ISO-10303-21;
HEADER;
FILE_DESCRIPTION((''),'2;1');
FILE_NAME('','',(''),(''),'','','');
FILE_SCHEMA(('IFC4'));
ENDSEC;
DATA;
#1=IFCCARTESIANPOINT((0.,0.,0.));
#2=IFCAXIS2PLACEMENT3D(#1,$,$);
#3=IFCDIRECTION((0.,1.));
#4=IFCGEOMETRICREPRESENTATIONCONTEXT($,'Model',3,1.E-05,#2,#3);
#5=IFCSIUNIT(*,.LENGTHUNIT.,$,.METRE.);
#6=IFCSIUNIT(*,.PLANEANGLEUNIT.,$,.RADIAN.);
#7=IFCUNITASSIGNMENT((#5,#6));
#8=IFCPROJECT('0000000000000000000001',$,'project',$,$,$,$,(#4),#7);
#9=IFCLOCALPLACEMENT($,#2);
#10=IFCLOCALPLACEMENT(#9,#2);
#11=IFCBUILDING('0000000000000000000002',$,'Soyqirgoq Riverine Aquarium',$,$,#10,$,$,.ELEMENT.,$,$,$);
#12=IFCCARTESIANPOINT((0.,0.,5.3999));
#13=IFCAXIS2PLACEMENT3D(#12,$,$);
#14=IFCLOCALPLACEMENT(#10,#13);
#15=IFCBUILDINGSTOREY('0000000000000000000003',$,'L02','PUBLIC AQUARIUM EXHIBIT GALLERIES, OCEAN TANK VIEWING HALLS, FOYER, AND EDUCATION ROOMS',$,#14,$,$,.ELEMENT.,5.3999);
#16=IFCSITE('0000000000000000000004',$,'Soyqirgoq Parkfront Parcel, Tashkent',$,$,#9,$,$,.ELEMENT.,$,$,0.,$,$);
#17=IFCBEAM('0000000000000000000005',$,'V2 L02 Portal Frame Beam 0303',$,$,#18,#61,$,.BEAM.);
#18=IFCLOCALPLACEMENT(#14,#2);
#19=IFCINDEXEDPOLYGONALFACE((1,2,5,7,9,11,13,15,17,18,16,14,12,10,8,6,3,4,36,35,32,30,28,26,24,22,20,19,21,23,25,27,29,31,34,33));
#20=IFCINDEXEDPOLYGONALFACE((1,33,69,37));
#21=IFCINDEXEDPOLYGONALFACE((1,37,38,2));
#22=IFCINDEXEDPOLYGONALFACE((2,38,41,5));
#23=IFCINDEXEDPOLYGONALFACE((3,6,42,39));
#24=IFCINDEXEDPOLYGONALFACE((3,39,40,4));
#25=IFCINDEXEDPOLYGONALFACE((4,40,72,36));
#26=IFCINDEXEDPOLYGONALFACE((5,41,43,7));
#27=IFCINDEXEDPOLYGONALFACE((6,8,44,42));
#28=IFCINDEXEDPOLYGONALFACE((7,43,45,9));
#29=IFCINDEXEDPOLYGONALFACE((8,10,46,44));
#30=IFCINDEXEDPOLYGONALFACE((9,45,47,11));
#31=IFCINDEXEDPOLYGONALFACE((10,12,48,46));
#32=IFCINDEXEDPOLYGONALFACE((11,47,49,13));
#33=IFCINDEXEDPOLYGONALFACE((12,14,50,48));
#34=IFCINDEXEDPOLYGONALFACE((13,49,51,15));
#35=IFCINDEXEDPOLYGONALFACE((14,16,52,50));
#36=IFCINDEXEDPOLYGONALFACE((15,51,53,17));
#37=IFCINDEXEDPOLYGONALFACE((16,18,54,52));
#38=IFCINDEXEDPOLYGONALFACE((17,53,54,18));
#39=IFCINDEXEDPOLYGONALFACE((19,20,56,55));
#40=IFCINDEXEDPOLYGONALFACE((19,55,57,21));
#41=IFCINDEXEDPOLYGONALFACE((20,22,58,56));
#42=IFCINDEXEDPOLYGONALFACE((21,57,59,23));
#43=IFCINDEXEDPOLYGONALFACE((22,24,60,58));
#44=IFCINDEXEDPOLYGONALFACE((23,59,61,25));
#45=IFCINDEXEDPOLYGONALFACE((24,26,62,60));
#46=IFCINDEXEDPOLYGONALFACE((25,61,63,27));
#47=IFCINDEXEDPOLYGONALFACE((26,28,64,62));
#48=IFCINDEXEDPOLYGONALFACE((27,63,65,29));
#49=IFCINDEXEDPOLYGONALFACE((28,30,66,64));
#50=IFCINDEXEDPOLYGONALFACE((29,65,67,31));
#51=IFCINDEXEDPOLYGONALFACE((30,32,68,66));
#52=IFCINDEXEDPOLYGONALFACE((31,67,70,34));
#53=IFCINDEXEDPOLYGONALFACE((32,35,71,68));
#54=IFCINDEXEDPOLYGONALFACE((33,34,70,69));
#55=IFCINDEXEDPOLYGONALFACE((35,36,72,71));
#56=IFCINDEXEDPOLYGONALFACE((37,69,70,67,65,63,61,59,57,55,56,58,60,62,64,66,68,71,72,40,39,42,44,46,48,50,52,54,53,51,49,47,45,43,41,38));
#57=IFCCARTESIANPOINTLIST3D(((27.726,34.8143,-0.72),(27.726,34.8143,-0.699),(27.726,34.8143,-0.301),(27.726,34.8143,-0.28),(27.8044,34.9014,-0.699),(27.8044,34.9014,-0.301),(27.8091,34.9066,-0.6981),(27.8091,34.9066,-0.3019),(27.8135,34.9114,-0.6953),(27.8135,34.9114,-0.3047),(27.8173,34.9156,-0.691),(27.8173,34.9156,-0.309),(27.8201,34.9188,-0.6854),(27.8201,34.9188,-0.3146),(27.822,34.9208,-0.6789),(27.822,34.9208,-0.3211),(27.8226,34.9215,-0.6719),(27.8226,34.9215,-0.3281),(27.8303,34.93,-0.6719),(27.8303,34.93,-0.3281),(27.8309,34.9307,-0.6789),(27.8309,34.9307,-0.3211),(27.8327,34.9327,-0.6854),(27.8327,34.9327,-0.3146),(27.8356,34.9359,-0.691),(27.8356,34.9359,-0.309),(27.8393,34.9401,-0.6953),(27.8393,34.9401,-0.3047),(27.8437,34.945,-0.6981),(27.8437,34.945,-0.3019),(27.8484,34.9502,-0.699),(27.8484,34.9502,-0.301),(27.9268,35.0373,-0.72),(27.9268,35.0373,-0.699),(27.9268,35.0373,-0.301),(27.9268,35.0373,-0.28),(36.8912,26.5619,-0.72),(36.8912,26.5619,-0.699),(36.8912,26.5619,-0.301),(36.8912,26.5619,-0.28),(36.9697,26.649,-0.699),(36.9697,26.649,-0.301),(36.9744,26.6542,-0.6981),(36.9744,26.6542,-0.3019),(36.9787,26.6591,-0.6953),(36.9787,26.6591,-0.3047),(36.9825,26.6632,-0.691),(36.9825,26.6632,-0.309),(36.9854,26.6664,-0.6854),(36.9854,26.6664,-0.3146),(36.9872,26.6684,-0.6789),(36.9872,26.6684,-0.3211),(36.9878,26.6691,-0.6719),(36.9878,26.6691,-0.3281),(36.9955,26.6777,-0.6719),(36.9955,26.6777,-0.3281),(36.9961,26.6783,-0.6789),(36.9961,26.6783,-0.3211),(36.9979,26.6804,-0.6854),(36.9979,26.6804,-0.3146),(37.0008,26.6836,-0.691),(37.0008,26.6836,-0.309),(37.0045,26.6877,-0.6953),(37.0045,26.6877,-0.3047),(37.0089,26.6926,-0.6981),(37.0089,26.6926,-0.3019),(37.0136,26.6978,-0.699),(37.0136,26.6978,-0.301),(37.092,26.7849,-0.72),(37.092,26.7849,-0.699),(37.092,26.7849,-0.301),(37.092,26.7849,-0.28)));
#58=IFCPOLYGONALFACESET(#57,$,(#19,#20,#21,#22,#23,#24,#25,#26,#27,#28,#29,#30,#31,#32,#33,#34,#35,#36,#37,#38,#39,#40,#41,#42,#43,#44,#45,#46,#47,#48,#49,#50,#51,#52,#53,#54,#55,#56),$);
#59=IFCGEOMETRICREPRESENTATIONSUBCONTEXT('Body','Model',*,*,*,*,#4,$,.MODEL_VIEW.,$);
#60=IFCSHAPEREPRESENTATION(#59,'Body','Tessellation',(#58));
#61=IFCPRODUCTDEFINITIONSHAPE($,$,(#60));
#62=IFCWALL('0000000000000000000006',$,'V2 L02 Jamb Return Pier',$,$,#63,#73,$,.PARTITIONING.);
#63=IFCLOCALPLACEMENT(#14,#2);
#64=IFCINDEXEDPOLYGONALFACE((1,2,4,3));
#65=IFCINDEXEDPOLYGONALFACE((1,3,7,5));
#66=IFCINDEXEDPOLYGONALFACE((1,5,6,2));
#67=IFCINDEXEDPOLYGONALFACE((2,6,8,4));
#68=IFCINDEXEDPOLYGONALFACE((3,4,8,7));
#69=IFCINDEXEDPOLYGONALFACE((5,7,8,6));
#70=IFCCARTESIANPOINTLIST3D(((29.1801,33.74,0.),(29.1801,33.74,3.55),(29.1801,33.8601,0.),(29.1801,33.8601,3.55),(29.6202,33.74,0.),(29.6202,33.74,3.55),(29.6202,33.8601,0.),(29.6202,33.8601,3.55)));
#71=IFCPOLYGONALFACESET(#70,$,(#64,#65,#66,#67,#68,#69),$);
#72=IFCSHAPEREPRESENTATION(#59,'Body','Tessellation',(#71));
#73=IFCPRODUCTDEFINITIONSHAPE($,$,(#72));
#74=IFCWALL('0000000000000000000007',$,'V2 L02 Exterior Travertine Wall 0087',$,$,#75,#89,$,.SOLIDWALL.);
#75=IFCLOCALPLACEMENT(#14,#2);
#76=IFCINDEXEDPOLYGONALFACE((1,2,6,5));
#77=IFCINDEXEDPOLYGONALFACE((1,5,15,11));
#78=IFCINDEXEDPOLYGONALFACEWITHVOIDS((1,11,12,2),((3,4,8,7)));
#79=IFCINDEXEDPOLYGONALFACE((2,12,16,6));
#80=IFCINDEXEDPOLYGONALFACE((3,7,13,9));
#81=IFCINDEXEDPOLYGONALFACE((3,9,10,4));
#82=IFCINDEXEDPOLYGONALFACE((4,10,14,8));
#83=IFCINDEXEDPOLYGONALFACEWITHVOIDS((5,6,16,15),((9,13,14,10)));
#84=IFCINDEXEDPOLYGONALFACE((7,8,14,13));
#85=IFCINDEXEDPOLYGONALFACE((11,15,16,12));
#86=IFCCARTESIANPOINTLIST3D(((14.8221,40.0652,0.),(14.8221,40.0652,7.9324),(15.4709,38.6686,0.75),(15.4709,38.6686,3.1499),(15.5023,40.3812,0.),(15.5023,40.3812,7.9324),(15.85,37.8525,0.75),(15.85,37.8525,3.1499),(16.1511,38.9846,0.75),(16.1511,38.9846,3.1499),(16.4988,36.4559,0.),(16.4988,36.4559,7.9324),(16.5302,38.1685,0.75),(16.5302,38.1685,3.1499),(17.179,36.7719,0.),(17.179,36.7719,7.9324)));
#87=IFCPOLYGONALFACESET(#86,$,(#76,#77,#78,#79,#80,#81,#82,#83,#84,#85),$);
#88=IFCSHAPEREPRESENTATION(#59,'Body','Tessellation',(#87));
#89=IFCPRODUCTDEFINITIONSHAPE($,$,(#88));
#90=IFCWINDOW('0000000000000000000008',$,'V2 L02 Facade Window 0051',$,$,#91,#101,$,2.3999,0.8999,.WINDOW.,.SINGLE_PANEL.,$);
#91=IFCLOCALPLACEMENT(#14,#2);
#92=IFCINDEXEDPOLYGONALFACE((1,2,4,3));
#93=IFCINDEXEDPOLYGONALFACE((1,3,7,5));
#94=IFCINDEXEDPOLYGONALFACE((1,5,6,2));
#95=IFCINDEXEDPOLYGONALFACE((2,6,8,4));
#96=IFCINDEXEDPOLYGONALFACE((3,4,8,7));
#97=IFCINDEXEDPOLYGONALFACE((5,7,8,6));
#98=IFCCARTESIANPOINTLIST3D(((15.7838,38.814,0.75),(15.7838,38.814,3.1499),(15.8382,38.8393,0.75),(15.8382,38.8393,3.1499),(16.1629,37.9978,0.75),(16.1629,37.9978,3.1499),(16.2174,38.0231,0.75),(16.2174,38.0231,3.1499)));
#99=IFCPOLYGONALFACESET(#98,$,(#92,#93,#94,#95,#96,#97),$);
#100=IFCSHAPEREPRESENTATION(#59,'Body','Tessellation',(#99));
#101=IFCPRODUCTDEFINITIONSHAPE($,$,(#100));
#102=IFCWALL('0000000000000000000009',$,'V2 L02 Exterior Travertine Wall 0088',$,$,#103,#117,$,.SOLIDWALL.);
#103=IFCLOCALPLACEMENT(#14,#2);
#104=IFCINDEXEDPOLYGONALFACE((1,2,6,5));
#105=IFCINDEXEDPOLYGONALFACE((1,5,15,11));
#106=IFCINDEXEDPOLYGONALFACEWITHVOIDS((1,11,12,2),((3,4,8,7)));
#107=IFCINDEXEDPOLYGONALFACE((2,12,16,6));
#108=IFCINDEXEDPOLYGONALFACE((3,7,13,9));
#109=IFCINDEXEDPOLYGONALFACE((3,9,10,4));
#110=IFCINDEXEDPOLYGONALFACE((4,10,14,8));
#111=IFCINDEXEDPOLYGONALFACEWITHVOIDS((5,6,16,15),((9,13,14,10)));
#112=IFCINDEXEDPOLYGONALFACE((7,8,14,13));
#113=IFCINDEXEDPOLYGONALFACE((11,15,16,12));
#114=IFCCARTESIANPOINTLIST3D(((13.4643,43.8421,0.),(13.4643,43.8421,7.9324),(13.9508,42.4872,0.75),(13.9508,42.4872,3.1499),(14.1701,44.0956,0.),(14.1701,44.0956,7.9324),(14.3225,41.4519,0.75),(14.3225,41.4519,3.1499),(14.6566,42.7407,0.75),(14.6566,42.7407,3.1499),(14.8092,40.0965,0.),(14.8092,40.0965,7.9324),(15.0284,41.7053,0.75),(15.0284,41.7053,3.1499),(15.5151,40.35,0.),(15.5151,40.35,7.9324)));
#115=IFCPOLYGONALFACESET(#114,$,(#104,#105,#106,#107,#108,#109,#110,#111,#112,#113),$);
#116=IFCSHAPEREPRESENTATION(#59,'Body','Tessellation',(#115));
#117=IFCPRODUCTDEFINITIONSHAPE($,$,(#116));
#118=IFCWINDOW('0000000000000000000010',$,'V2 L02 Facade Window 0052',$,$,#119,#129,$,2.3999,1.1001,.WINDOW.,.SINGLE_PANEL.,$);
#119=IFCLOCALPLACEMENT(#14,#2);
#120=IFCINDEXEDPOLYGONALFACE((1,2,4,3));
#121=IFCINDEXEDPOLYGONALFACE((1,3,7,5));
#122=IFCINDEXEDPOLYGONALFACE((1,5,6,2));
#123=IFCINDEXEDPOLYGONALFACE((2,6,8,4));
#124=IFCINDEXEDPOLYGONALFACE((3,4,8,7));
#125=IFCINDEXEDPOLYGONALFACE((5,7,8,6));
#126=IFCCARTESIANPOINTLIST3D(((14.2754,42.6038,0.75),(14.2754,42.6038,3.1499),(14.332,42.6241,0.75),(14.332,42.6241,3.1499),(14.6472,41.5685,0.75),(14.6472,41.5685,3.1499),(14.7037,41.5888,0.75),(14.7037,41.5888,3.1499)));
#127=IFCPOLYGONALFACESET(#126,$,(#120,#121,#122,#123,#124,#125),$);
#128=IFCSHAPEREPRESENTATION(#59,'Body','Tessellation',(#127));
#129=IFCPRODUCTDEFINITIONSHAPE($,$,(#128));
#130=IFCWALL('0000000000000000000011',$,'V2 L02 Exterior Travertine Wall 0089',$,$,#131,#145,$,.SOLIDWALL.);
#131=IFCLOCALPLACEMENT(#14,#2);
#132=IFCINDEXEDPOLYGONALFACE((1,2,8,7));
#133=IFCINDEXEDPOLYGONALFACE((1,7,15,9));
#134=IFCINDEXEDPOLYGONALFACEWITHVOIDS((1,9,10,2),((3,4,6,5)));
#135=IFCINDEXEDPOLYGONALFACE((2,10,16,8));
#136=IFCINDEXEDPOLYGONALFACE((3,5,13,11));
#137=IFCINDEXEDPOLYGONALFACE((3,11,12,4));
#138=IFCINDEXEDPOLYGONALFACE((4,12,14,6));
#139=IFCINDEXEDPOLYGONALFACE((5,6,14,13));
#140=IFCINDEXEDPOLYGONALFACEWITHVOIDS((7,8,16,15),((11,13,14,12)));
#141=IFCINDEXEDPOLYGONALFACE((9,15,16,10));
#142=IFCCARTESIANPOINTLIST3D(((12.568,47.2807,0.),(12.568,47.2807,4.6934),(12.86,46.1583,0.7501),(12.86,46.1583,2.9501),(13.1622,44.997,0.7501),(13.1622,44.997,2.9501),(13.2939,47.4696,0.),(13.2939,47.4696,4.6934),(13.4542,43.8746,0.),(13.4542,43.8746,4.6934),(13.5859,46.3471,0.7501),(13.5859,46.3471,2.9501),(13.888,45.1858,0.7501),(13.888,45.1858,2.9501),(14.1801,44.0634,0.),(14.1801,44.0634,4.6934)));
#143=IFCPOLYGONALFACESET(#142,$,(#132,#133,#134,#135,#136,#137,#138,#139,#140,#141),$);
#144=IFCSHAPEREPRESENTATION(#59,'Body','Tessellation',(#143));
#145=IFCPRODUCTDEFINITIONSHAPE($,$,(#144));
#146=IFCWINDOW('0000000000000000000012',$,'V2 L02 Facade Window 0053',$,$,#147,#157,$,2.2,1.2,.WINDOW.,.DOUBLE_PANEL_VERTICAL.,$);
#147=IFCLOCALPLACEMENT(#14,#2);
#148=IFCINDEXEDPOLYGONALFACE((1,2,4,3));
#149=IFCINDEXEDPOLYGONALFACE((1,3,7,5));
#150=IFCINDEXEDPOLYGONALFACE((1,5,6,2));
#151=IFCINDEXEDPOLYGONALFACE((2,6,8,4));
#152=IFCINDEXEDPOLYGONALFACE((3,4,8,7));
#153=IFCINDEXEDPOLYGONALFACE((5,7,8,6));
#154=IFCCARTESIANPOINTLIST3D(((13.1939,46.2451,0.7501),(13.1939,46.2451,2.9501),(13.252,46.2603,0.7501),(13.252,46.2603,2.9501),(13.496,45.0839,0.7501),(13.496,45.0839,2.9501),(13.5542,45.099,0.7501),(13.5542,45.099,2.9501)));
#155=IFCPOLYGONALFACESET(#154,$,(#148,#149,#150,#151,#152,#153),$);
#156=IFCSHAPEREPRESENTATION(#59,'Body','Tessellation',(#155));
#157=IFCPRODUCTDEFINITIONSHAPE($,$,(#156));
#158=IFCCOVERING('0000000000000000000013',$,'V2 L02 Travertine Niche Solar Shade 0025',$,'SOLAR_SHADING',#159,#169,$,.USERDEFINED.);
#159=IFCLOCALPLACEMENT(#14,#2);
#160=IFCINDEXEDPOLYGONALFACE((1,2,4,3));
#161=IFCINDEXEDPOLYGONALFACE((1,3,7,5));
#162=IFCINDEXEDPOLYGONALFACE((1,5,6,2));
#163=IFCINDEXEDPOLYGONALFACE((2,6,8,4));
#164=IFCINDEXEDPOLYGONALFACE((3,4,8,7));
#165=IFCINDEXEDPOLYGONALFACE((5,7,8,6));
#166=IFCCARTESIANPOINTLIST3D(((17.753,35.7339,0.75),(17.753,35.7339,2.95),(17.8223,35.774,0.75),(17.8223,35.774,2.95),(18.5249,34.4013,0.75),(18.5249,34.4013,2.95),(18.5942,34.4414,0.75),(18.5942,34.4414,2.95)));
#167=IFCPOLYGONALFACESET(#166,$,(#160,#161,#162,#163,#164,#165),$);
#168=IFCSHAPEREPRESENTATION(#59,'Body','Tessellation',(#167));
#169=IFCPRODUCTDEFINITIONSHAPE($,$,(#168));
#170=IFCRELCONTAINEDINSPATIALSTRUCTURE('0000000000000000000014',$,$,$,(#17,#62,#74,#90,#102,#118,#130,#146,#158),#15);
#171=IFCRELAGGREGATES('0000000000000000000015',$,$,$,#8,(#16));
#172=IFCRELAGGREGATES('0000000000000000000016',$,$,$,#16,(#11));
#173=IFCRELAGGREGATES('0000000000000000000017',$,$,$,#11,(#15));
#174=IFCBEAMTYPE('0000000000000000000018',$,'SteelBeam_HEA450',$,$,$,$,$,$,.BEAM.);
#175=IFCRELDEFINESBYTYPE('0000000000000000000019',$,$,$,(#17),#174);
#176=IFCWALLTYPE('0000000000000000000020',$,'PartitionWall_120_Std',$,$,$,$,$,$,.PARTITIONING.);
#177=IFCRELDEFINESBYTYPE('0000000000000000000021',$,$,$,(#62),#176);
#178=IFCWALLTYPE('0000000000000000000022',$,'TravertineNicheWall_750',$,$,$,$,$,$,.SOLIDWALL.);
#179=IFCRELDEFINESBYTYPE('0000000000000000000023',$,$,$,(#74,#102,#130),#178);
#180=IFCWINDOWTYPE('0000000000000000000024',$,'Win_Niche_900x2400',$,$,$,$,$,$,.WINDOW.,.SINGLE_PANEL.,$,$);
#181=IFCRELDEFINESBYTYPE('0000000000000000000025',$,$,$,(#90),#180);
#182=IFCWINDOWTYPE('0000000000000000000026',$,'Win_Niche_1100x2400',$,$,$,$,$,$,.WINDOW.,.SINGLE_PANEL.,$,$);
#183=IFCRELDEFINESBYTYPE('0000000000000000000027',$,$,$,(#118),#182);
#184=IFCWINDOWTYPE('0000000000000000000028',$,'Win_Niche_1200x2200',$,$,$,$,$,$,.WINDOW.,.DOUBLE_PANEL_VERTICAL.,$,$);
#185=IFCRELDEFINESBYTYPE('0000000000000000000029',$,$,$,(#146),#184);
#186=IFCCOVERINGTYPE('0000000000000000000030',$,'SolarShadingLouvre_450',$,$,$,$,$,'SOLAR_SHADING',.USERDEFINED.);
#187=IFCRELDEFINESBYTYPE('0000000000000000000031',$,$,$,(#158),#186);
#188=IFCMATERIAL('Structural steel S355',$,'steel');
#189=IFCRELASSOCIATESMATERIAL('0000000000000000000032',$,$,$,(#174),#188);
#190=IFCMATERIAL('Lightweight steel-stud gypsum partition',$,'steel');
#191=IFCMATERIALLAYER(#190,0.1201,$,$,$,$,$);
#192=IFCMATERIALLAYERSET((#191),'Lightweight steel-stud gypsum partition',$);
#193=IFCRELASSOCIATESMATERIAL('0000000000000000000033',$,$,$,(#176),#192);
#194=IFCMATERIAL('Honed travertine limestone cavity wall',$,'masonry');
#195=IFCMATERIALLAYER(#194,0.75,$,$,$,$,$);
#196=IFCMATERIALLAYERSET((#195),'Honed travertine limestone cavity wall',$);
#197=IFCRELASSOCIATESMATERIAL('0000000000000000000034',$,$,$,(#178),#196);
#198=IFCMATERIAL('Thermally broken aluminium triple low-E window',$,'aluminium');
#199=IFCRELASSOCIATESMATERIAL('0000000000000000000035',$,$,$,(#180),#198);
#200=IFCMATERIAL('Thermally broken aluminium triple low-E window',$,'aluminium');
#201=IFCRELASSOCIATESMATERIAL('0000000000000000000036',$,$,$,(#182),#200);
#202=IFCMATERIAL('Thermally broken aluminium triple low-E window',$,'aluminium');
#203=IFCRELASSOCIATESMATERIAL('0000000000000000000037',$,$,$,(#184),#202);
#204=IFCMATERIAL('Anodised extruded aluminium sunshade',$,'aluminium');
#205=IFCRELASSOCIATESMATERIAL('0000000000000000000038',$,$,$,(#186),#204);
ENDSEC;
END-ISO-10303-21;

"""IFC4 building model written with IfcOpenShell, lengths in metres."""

from ifc_helpers import new_model, si_unit, direction, frame, frame_2d, origin, origin_2d, place, context, subcontext, project, spatial, rectangle, i_section, extrude, material, layer, layer_set, material_profile, profile_set, type_object, element, fill, save


model = new_model("IFC4")

# Units and contexts
model_context = context("Model", 3, precision=1e-05, world=origin(), true_north=direction((0.0, 1.0)))
body_context = subcontext(model_context, "Body", "Model", "MODEL_VIEW")
ifc_project = project(units=[si_unit("LENGTHUNIT", "METRE"), si_unit("PLANEANGLEUNIT", "RADIAN")], contexts=[model_context])

# Site, building, storey
site_placement = place(None, origin())
site = spatial("IfcSite", under=ifc_project, at=site_placement, Name="Soyqirgoq Parkfront Parcel, Tashkent", CompositionType="ELEMENT", RefElevation=0.0)
building_placement = place(site_placement, origin())
building = spatial("IfcBuilding", under=site, at=building_placement, Name="Soyqirgoq Riverine Aquarium", CompositionType="ELEMENT")
storey_placement = place(building_placement, frame((0.0, 0.0, 5.3999)))
storey = spatial("IfcBuildingStorey", under=building, at=storey_placement, Name="L02", Description="PUBLIC AQUARIUM EXHIBIT GALLERIES, OCEAN TANK VIEWING HALLS, FOYER, AND EDUCATION ROOMS", CompositionType="ELEMENT", Elevation=5.3999)

# Beam
ifc_material_1 = material(Name="Structural steel S355", Category="steel")
ifc_material_profile_1 = material_profile(ifc_material_1, i_section(OverallWidth=0.3, OverallDepth=0.4399, WebThickness=0.0115, FlangeThickness=0.021, FilletRadius=0.0271, at=origin_2d()), Name="HEA 450")
ifc_profile_set_1 = profile_set([ifc_material_profile_1], Name="Structural steel S355")
beam_type_1 = type_object("IfcBeamType", Name="SteelBeam_HEA450", PredefinedType="BEAM", material=ifc_profile_set_1)
beam_1_placement = place(storey_placement, frame((27.8264, 34.9258, -0.5), z_axis=(0.743145, -0.66913, 0.0), x_axis=(0.66913, 0.743145, 0.0)))
element("IfcBeam", 1, at=beam_1_placement, inside=storey, type_object=beam_type_1, Name="V2 L02 Portal Frame Beam 0303", PredefinedType="BEAM", context=body_context, shape_type="SweptSolid", body=[
    extrude(i_section(OverallWidth=0.3, OverallDepth=0.4399, WebThickness=0.0115, FlangeThickness=0.021, FilletRadius=0.0271, at=origin_2d()), origin(), (0.0, 0.0, 1.0), 12.333),
])

# Wall
ifc_material_2 = material(Name="Lightweight steel-stud gypsum partition", Category="steel")
ifc_layer_1 = layer(ifc_material_2, 0.1201)
ifc_layer_set_1 = layer_set([ifc_layer_1], Name="Lightweight steel-stud gypsum partition")
wall_type_1 = type_object("IfcWallType", Name="PartitionWall_120_Std", PredefinedType="PARTITIONING", material=ifc_layer_set_1)
wall_1_placement = place(storey_placement, frame((29.1799, 33.8, 0.0), z_axis=(0.0, 0.0, 1.0), x_axis=(1.0, 0.0, 0.0)))
element("IfcWall", 2, at=wall_1_placement, inside=storey, type_object=wall_type_1, Name="V2 L02 Jamb Return Pier", PredefinedType="PARTITIONING", context=body_context, shape_type="SweptSolid", body=[
    extrude(rectangle(XDim=0.4402, YDim=0.1201, at=frame_2d((0.2202, 0.0))), origin(), (0.0, 0.0, 1.0), 3.55),
])

# Walls, openings, windows
ifc_material_3 = material(Name="Honed travertine limestone cavity wall", Category="masonry")
ifc_layer_2 = layer(ifc_material_3, 0.75)
ifc_layer_set_2 = layer_set([ifc_layer_2], Name="Honed travertine limestone cavity wall")
wall_type_2 = type_object("IfcWallType", Name="TravertineNicheWall_750", PredefinedType="SOLIDWALL", material=ifc_layer_set_2)
wall_2_placement = place(storey_placement, frame((16.8389, 36.614, 0.0), z_axis=(0.0, 0.0, 1.0), x_axis=(-0.421313, 0.906915, 0.0)))
wall_2 = element("IfcWall", 3, at=wall_2_placement, inside=storey, type_object=wall_type_2, Name="V2 L02 Exterior Travertine Wall 0087", PredefinedType="SOLIDWALL", context=body_context, shape_type="SweptSolid", body=[
    extrude(rectangle(XDim=3.9797, YDim=0.75, at=frame_2d((1.9897, 0.0))), origin(), (0.0, 0.0, 1.0), 7.9324),
])
opening_1_placement = place(wall_2_placement, frame((1.5398, 0.0, 0.75)))
opening_1 = element("IfcOpeningElement", 4, at=opening_1_placement, cuts=wall_2, PredefinedType="OPENING", context=body_context, shape_type="SweptSolid", body=[
    extrude(rectangle(XDim=0.8999, YDim=2.3999, at=frame_2d((0.45, 1.2))), frame((0.0, 0.385, 0.0), z_axis=(0.0, -1.0, 0.0), x_axis=(1.0, 0.0, 0.0)), (0.0, 0.0, 1.0), 0.77),
])
ifc_material_4 = material(Name="Thermally broken aluminium triple low-E window", Category="aluminium")
window_type_1 = type_object("IfcWindowType", Name="Win_Niche_900x2400", PartitioningType="SINGLE_PANEL", PredefinedType="WINDOW", material=ifc_material_4)
window_1_placement = place(opening_1_placement, origin())
window_1 = element("IfcWindow", 5, at=window_1_placement, inside=storey, type_object=window_type_1, Name="V2 L02 Facade Window 0051", OverallHeight=2.3999, OverallWidth=0.8999, PartitioningType="SINGLE_PANEL", PredefinedType="WINDOW", context=body_context, shape_type="SweptSolid", body=[
    extrude(rectangle(XDim=0.8999, YDim=2.3999, at=frame_2d((0.45, 1.2))), frame((0.0, 0.03, 0.0), z_axis=(0.0, -1.0, 0.0), x_axis=(1.0, 0.0, 0.0)), (0.0, 0.0, 1.0), 0.0601),
])
fill(opening_1, window_1)
wall_3_placement = place(storey_placement, frame((15.1621, 40.2234, 0.0), z_axis=(0.0, 0.0, 1.0), x_axis=(-0.337953, 0.941163, 0.0)))
wall_3 = element("IfcWall", 6, at=wall_3_placement, inside=storey, type_object=wall_type_2, Name="V2 L02 Exterior Travertine Wall 0088", PredefinedType="SOLIDWALL", context=body_context, shape_type="SweptSolid", body=[
    extrude(rectangle(XDim=3.9797, YDim=0.75, at=frame_2d((1.9897, 0.0))), origin(), (0.0, 0.0, 1.0), 7.9324),
])
opening_2_placement = place(wall_3_placement, frame((1.4399, 0.0, 0.75)))
opening_2 = element("IfcOpeningElement", 7, at=opening_2_placement, cuts=wall_3, PredefinedType="OPENING", context=body_context, shape_type="SweptSolid", body=[
    extrude(rectangle(XDim=1.1001, YDim=2.3999, at=frame_2d((0.55, 1.2))), frame((0.0, 0.385, 0.0), z_axis=(0.0, -1.0, 0.0), x_axis=(1.0, 0.0, 0.0)), (0.0, 0.0, 1.0), 0.77),
])
ifc_material_5 = material(Name="Thermally broken aluminium triple low-E window", Category="aluminium")
window_type_2 = type_object("IfcWindowType", Name="Win_Niche_1100x2400", PartitioningType="SINGLE_PANEL", PredefinedType="WINDOW", material=ifc_material_5)
window_2_placement = place(opening_2_placement, origin())
window_2 = element("IfcWindow", 8, at=window_2_placement, inside=storey, type_object=window_type_2, Name="V2 L02 Facade Window 0052", OverallHeight=2.3999, OverallWidth=1.1001, PartitioningType="SINGLE_PANEL", PredefinedType="WINDOW", context=body_context, shape_type="SweptSolid", body=[
    extrude(rectangle(XDim=1.1001, YDim=2.3999, at=frame_2d((0.55, 1.2))), frame((0.0, 0.03, 0.0), z_axis=(0.0, -1.0, 0.0), x_axis=(1.0, 0.0, 0.0)), (0.0, 0.0, 1.0), 0.0601),
])
fill(opening_2, window_2)
wall_4_placement = place(storey_placement, frame((13.8171, 43.969, 0.0), z_axis=(0.0, 0.0, 1.0), x_axis=(-0.251795, 0.967781, 0.0)))
wall_4 = element("IfcWall", 9, at=wall_4_placement, inside=storey, type_object=wall_type_2, Name="V2 L02 Exterior Travertine Wall 0089", PredefinedType="SOLIDWALL", context=body_context, shape_type="SweptSolid", body=[
    extrude(rectangle(XDim=3.5195, YDim=0.75, at=frame_2d((1.7598, 0.0))), origin(), (0.0, 0.0, 1.0), 4.6934),
])
opening_3_placement = place(wall_4_placement, frame((1.1597, 0.0, 0.75)))
opening_3 = element("IfcOpeningElement", 10, at=opening_3_placement, cuts=wall_4, PredefinedType="OPENING", context=body_context, shape_type="SweptSolid", body=[
    extrude(rectangle(XDim=1.2, YDim=2.2, at=frame_2d((0.6001, 1.1001))), frame((0.0, 0.385, 0.0), z_axis=(0.0, -1.0, 0.0), x_axis=(1.0, 0.0, 0.0)), (0.0, 0.0, 1.0), 0.77),
])
ifc_material_6 = material(Name="Thermally broken aluminium triple low-E window", Category="aluminium")
window_type_3 = type_object("IfcWindowType", Name="Win_Niche_1200x2200", PartitioningType="DOUBLE_PANEL_VERTICAL", PredefinedType="WINDOW", material=ifc_material_6)
window_3_placement = place(opening_3_placement, origin())
window_3 = element("IfcWindow", 11, at=window_3_placement, inside=storey, type_object=window_type_3, Name="V2 L02 Facade Window 0053", OverallHeight=2.2, OverallWidth=1.2, PartitioningType="DOUBLE_PANEL_VERTICAL", PredefinedType="WINDOW", context=body_context, shape_type="SweptSolid", body=[
    extrude(rectangle(XDim=1.2, YDim=2.2, at=frame_2d((0.6001, 1.1001))), frame((0.0, 0.03, 0.0), z_axis=(0.0, -1.0, 0.0), x_axis=(1.0, 0.0, 0.0)), (0.0, 0.0, 1.0), 0.0601),
])
fill(opening_3, window_3)

# Covering
ifc_material_7 = material(Name="Anodised extruded aluminium sunshade", Category="aluminium")
covering_type_1 = type_object("IfcCoveringType", Name="SolarShadingLouvre_450", ElementType="SOLAR_SHADING", PredefinedType="USERDEFINED", material=ifc_material_7)
covering_1_placement = place(storey_placement, frame((18.1736, 35.0876, 0.75), z_axis=(0.0, 0.0, 1.0), x_axis=(-0.501209, 0.865326, 0.0)))
element("IfcCovering", 12, at=covering_1_placement, inside=storey, type_object=covering_type_1, Name="V2 L02 Travertine Niche Solar Shade 0025", ObjectType="SOLAR_SHADING", PredefinedType="USERDEFINED", context=body_context, shape_type="SweptSolid", body=[
    extrude(rectangle(XDim=1.54, YDim=0.0801, at=origin_2d()), origin(), (0.0, 0.0, 1.0), 2.2),
])

save(model, "model.ifc")
